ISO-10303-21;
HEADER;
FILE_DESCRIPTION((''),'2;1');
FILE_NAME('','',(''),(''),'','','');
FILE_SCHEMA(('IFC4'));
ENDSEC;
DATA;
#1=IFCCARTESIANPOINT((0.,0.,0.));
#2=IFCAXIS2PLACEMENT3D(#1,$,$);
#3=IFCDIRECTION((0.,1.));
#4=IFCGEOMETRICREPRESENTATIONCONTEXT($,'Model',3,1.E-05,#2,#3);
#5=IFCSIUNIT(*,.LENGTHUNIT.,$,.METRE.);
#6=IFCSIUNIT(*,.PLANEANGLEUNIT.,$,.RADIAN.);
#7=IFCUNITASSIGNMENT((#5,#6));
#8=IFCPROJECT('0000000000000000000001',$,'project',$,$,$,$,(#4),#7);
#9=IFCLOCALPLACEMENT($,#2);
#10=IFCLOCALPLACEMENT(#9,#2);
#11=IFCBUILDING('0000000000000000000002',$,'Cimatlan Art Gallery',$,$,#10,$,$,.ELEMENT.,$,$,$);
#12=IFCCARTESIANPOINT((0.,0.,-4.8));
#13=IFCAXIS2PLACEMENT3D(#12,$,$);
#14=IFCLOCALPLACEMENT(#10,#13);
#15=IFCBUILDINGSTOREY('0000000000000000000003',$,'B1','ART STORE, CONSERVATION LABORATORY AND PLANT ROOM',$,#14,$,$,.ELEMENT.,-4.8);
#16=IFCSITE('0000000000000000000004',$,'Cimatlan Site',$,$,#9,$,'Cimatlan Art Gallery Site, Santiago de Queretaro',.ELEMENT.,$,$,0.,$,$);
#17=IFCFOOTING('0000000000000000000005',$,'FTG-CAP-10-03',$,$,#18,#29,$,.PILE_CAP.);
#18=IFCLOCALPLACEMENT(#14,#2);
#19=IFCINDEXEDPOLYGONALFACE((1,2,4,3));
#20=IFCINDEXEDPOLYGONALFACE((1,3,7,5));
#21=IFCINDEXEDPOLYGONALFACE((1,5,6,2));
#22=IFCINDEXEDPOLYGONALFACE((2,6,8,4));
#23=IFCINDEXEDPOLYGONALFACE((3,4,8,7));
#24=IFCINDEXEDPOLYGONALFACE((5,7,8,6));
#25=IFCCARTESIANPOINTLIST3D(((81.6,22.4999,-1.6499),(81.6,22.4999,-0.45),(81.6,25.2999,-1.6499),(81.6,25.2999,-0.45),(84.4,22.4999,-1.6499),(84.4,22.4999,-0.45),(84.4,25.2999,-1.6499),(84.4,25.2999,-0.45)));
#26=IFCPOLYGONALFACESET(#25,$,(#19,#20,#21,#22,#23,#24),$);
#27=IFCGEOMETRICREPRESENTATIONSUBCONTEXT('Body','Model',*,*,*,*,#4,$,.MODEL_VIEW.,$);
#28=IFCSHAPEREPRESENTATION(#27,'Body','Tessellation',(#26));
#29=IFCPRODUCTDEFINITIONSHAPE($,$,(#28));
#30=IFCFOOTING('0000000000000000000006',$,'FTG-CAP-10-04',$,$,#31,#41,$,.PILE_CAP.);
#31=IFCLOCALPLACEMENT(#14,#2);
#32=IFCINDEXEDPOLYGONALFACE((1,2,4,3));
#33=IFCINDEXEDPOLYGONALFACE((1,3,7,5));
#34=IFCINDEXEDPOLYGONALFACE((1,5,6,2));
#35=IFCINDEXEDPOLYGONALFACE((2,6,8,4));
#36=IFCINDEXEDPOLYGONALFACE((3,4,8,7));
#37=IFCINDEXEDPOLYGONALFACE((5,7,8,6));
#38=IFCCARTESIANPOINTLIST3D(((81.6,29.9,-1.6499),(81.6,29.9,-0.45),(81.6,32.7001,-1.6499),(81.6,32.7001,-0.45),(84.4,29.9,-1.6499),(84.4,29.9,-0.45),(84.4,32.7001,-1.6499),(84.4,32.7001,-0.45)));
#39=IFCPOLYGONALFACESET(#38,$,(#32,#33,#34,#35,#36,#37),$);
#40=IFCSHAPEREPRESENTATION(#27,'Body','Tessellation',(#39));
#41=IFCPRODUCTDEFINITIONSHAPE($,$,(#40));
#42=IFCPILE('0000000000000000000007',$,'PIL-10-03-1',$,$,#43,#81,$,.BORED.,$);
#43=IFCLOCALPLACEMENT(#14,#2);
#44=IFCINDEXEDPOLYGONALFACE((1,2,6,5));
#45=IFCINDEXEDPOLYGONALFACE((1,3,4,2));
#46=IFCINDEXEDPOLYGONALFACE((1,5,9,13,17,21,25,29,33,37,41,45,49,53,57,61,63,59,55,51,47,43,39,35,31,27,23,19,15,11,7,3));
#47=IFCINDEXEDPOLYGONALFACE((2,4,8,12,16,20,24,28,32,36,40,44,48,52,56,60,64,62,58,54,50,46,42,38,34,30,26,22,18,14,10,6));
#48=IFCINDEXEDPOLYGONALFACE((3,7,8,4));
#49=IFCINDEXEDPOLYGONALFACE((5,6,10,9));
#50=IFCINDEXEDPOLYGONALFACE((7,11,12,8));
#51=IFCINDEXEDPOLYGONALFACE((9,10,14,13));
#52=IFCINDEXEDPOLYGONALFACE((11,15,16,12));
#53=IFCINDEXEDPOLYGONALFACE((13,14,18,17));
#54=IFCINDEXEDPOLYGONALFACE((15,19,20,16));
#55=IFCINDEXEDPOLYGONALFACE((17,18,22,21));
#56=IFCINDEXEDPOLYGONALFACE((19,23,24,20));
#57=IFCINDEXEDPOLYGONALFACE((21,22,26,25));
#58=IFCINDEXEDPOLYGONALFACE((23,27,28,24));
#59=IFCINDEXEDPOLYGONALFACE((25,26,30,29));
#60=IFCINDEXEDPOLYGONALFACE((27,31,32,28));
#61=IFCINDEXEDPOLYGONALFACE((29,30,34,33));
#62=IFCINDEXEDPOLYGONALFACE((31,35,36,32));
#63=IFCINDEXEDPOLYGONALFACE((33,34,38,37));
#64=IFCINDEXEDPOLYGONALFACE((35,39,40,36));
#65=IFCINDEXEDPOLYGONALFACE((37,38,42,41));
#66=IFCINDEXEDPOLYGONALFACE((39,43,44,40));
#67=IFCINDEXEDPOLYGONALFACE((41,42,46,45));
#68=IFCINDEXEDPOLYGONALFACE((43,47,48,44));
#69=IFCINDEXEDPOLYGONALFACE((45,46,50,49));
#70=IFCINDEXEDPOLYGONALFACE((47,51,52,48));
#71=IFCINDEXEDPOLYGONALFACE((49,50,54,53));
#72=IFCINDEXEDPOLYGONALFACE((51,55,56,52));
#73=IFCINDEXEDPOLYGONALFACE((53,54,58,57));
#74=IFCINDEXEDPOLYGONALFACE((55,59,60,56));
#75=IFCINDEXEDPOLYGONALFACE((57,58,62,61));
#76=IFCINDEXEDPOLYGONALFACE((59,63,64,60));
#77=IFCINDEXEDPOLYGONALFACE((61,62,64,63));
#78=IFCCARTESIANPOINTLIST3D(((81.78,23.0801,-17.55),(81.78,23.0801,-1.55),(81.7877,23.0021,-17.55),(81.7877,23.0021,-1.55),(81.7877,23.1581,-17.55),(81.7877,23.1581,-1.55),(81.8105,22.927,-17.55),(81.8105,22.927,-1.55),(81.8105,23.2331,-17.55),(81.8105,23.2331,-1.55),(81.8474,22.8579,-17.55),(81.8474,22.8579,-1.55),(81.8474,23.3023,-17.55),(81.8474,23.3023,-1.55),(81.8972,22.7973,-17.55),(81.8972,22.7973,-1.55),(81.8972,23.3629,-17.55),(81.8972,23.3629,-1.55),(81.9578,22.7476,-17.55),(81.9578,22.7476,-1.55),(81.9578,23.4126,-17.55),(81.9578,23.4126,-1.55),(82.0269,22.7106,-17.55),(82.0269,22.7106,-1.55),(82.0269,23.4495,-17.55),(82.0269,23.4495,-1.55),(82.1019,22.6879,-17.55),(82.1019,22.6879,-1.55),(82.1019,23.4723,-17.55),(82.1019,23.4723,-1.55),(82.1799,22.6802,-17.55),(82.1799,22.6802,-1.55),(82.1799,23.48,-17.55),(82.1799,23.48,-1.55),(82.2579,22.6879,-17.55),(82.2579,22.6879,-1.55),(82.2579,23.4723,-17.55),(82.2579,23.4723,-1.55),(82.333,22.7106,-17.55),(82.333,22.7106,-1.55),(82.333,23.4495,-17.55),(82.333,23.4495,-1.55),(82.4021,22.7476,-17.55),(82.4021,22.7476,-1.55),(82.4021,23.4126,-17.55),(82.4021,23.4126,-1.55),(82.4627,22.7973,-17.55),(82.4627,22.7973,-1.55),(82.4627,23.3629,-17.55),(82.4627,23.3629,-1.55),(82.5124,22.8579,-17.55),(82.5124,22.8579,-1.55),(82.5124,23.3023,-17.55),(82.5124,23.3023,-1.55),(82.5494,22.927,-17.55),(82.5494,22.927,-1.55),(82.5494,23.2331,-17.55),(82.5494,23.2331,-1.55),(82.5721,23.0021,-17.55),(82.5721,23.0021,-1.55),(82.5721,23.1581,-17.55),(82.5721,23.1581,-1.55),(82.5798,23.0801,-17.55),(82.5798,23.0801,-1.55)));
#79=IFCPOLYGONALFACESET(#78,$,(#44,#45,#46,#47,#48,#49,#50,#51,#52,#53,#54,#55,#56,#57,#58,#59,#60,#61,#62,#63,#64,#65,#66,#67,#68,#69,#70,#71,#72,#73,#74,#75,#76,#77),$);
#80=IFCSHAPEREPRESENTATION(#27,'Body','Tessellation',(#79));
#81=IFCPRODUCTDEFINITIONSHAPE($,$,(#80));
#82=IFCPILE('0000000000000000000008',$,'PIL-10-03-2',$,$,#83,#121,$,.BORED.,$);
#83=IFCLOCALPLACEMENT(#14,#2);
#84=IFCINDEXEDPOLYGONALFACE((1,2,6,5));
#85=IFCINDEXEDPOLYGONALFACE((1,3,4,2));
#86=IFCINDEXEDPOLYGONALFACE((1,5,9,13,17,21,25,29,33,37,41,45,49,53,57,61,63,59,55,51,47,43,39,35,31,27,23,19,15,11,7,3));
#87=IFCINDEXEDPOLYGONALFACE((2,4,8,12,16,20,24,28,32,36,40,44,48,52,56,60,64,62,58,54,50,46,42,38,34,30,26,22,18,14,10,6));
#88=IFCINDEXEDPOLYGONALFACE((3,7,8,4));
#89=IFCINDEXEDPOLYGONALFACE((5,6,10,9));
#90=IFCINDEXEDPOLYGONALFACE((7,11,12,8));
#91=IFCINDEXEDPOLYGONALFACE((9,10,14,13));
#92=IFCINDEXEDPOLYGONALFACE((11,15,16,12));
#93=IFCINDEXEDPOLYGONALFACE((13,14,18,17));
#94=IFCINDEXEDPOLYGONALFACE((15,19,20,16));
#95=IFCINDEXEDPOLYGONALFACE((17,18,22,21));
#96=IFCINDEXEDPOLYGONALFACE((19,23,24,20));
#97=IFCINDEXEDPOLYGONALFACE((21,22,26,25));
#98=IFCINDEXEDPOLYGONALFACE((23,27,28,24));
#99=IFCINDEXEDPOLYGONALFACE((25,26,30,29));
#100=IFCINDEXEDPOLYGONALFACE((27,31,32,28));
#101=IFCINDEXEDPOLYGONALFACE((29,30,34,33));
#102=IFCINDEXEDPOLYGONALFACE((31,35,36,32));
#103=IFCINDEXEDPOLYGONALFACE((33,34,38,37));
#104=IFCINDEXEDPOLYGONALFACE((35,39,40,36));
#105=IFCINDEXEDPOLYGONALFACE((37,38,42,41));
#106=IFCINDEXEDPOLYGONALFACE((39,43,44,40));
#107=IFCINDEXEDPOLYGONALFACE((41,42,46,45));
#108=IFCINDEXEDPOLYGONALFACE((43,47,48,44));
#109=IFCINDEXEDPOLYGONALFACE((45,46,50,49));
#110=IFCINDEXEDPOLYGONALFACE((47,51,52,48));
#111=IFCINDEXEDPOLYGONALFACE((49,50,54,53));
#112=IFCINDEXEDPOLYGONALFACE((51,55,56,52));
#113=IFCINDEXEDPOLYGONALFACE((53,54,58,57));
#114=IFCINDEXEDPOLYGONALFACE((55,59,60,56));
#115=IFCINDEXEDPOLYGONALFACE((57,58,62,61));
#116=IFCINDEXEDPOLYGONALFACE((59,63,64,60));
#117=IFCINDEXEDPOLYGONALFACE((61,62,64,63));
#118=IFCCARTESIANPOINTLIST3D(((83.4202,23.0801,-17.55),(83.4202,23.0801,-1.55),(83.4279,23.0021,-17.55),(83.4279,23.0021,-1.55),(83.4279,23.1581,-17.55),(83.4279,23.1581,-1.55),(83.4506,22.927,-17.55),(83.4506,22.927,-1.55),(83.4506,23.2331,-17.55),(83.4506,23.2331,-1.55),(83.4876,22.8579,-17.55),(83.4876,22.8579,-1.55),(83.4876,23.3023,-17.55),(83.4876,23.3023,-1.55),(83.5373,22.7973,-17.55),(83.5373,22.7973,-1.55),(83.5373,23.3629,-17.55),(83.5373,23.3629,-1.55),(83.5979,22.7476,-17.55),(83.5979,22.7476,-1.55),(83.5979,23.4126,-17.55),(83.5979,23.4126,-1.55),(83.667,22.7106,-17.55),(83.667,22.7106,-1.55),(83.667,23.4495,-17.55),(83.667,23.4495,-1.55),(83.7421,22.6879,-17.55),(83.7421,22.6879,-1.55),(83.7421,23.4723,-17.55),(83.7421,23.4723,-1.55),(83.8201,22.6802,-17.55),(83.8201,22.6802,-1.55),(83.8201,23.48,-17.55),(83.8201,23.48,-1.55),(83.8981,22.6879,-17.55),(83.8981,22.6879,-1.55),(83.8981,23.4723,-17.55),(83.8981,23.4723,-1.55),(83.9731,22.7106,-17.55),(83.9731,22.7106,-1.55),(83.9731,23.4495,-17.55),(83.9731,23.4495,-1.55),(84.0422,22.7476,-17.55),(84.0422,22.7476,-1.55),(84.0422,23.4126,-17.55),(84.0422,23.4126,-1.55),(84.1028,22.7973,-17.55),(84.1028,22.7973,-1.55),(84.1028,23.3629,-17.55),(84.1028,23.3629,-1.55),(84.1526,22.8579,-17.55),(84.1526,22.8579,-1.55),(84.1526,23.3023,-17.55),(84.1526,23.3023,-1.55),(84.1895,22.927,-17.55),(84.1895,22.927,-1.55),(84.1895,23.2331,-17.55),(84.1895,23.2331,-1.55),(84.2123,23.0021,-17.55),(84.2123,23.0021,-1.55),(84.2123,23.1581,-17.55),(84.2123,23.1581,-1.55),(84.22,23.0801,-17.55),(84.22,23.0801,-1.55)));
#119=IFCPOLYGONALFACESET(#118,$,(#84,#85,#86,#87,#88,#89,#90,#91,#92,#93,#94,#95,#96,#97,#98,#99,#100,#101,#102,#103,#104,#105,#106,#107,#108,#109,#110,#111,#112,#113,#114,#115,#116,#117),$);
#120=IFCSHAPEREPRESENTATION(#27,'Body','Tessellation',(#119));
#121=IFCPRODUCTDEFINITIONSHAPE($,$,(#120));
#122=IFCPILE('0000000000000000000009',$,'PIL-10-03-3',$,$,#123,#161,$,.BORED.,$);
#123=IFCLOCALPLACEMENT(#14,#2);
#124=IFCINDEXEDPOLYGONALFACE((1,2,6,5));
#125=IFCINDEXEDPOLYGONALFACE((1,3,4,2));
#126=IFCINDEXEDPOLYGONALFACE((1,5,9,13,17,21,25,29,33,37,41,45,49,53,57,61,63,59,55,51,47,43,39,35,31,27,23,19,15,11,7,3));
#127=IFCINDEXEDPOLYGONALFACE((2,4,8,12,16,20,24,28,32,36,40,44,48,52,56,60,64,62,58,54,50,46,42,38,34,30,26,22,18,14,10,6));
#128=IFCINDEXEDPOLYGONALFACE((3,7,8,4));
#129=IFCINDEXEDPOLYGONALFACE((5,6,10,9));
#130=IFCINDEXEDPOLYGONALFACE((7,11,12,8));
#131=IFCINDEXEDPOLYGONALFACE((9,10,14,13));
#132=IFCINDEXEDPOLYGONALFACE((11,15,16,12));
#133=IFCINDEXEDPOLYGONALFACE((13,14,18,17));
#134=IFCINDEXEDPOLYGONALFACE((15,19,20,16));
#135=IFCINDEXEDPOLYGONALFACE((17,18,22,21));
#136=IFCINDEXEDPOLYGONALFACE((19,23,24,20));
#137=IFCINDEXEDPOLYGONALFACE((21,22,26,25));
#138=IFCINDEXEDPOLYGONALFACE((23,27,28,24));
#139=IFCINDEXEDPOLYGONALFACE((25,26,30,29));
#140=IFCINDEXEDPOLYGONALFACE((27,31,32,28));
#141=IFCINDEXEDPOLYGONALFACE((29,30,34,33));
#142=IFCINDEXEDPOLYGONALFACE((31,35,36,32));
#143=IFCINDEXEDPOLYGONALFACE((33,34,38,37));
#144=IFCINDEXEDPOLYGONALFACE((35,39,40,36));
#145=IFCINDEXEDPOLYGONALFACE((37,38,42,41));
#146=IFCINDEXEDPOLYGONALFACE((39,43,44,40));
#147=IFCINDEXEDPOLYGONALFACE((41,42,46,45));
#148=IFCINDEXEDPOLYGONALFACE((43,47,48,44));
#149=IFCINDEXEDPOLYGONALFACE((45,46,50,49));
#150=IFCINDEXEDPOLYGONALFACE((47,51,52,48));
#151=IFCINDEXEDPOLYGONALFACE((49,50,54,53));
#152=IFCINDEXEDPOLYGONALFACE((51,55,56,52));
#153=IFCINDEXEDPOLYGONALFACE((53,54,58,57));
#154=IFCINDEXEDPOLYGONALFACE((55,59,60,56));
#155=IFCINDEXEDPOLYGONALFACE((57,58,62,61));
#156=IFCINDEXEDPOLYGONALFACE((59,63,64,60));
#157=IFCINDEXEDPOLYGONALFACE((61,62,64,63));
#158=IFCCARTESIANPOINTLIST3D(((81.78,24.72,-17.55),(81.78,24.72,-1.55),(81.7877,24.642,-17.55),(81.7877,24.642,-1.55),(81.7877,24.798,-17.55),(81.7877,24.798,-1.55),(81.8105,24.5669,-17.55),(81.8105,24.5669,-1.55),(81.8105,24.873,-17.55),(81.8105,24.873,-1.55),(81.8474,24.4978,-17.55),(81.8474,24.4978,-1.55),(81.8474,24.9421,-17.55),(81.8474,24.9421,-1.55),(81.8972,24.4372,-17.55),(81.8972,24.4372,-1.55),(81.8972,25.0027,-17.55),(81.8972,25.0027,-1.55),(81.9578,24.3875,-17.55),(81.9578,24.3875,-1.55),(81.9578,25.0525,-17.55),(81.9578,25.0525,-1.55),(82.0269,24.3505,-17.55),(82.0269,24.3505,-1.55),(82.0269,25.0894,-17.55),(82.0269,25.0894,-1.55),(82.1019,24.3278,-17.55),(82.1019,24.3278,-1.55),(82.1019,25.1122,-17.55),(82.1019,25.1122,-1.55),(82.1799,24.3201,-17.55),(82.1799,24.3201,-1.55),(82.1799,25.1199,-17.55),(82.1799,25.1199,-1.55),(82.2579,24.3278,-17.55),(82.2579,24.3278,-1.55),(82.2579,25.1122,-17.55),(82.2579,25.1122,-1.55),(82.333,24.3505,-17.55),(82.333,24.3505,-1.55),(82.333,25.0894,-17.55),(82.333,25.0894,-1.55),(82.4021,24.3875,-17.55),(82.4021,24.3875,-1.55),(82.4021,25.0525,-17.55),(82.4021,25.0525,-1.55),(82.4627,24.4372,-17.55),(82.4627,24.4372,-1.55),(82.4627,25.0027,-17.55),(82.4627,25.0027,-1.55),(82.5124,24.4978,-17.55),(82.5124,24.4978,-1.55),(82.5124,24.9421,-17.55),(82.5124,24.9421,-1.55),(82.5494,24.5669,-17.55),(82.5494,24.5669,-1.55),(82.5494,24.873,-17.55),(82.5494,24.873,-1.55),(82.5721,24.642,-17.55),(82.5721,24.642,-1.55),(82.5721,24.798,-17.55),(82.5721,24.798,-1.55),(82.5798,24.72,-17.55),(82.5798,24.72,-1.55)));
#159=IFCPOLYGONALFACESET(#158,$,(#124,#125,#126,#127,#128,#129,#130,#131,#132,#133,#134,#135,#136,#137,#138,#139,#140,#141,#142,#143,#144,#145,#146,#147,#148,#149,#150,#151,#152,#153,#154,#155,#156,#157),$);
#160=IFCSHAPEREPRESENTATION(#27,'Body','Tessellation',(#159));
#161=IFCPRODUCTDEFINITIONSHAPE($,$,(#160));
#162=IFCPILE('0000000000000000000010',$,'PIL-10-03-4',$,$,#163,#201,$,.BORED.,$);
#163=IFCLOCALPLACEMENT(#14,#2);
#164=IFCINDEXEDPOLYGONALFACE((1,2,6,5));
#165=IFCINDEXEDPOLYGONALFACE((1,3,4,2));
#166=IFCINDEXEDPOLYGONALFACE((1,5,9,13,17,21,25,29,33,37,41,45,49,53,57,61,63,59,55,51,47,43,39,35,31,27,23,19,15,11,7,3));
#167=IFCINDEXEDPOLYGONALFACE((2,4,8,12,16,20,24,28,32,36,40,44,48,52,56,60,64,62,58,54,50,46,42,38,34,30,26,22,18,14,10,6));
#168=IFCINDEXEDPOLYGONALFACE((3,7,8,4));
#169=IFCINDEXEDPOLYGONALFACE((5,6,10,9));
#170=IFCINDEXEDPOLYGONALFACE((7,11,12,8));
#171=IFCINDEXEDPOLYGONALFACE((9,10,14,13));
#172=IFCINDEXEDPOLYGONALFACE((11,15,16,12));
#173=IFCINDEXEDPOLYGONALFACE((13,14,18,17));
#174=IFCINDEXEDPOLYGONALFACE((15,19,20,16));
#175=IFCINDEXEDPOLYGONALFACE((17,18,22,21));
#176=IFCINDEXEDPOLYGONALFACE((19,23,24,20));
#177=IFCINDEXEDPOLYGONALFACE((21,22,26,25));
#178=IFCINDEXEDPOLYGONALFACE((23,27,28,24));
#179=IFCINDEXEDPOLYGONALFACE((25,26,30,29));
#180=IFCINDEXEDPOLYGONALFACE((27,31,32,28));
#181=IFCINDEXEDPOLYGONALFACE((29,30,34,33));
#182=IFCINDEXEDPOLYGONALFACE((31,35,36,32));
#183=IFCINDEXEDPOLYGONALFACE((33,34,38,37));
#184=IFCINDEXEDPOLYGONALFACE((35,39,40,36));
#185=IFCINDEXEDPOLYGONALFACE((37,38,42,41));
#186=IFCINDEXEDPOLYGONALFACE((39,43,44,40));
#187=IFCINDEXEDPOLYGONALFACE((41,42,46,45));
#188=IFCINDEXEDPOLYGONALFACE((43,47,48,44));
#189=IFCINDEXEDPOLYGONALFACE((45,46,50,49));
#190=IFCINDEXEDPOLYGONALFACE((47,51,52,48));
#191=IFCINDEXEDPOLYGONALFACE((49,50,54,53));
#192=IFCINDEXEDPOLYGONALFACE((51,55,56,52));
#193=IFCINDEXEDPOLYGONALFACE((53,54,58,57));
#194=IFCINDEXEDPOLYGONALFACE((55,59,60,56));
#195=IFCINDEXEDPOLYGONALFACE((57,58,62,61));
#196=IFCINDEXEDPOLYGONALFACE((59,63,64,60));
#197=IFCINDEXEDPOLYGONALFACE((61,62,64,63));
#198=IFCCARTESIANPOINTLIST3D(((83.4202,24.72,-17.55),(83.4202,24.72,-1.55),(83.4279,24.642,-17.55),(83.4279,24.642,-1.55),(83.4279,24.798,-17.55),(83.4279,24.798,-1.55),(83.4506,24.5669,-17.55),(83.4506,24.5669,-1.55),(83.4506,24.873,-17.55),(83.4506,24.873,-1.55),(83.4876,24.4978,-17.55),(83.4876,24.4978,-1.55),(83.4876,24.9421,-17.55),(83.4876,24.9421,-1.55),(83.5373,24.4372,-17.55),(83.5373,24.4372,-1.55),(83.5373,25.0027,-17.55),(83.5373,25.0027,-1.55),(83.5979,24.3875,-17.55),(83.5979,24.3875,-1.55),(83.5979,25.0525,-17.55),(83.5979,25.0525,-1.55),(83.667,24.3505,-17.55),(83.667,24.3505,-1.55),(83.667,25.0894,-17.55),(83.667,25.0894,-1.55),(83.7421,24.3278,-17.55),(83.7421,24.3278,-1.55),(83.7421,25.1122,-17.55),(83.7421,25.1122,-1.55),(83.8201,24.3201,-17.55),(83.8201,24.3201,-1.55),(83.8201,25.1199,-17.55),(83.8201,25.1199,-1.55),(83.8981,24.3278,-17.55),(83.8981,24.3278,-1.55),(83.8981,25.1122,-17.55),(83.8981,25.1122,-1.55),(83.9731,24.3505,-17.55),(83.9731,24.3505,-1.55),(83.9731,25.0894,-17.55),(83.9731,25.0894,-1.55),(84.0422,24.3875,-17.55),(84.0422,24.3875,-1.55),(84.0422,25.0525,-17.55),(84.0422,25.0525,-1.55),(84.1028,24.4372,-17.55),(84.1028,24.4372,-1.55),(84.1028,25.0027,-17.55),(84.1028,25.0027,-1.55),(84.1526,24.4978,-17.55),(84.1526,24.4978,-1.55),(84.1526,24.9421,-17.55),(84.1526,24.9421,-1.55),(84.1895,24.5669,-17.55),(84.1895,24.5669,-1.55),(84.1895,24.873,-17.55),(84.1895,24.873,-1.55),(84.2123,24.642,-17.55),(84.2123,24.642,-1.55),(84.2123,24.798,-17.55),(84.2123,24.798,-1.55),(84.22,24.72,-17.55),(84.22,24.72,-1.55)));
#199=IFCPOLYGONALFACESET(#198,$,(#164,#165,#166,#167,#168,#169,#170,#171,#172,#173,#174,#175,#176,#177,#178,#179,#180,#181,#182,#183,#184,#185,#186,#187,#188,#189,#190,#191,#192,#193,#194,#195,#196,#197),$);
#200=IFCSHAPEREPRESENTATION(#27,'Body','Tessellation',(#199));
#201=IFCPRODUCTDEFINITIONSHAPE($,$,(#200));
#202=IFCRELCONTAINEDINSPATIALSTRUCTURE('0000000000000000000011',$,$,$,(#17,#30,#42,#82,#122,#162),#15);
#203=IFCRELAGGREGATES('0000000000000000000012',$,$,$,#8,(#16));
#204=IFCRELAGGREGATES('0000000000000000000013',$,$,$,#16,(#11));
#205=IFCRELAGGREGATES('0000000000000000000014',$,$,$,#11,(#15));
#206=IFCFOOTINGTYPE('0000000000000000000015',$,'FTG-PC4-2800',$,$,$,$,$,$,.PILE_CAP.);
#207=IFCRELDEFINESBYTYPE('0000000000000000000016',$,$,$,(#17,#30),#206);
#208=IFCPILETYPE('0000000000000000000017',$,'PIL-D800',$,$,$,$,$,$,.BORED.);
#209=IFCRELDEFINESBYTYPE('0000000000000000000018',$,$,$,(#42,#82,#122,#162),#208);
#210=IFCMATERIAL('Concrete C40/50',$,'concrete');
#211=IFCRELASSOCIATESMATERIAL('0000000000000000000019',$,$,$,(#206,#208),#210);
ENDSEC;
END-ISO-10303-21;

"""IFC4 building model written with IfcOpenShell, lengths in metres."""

from ifc_helpers import new_model, si_unit, direction, frame, origin, origin_2d, place, context, subcontext, project, spatial, rectangle, circle, extrude, material, type_object, element, save


model = new_model("IFC4")

# Units and contexts
model_context = context("Model", 3, precision=1e-05, world=origin(), true_north=direction((0.0, 1.0)))
body_context = subcontext(model_context, "Body", "Model", "MODEL_VIEW")
ifc_project = project(units=[si_unit("LENGTHUNIT", "METRE"), si_unit("PLANEANGLEUNIT", "RADIAN")], contexts=[model_context])

# Site, building, storey
site_placement = place(None, origin())
site = spatial("IfcSite", under=ifc_project, at=site_placement, Name="Cimatlan Site", LongName="Cimatlan Art Gallery Site, Santiago de Queretaro", CompositionType="ELEMENT", RefElevation=0.0)
building_placement = place(site_placement, origin())
building = spatial("IfcBuilding", under=site, at=building_placement, Name="Cimatlan Art Gallery", CompositionType="ELEMENT")
storey_placement = place(building_placement, frame((0.0, 0.0, -4.8)))
storey = spatial("IfcBuildingStorey", under=building, at=storey_placement, Name="B1", Description="ART STORE, CONSERVATION LABORATORY AND PLANT ROOM", CompositionType="ELEMENT", Elevation=-4.8)

# Footings
ifc_material_1 = material(Name="Concrete C40/50", Category="concrete")
footing_type = type_object("IfcFootingType", Name="FTG-PC4-2800", PredefinedType="PILE_CAP", material=ifc_material_1)
for number, where, z_axis, x_axis, name in (
    (1, (83.0, 23.8999, -1.6499), (0.0, 0.0, 1.0), (1.0, 0.0, 0.0), "FTG-CAP-10-03"),
    (2, (83.0, 31.3, -1.6499), (0.0, 0.0, 1.0), (1.0, 0.0, 0.0), "FTG-CAP-10-04"),
):
    element("IfcFooting", number, at=place(storey_placement, frame(where, z_axis=z_axis, x_axis=x_axis)), inside=storey, type_object=footing_type, Name=name, PredefinedType="PILE_CAP", context=body_context, shape_type="SweptSolid", body=[
        extrude(rectangle(XDim=2.8, YDim=2.8, at=origin_2d()), origin(), (0.0, 0.0, 1.0), 1.2),
    ])

# Piles
pile_type = type_object("IfcPileType", Name="PIL-D800", PredefinedType="BORED", material=ifc_material_1)
for number, where, z_axis, x_axis, name in (
    (3, (82.1799, 23.0801, -1.55), (0.0, 0.0, -1.0), (1.0, 0.0, 0.0), "PIL-10-03-1"),
    (4, (83.8201, 23.0801, -1.55), (0.0, 0.0, -1.0), (1.0, 0.0, 0.0), "PIL-10-03-2"),
    (5, (82.1799, 24.72, -1.55), (0.0, 0.0, -1.0), (1.0, 0.0, 0.0), "PIL-10-03-3"),
    (6, (83.8201, 24.72, -1.55), (0.0, 0.0, -1.0), (1.0, 0.0, 0.0), "PIL-10-03-4"),
):
    element("IfcPile", number, at=place(storey_placement, frame(where, z_axis=z_axis, x_axis=x_axis)), inside=storey, type_object=pile_type, Name=name, PredefinedType="BORED", context=body_context, shape_type="SweptSolid", body=[
        extrude(circle(Radius=0.3999, at=origin_2d()), origin(), (0.0, 0.0, 1.0), 16.0),
    ])

save(model, "model.ifc")
